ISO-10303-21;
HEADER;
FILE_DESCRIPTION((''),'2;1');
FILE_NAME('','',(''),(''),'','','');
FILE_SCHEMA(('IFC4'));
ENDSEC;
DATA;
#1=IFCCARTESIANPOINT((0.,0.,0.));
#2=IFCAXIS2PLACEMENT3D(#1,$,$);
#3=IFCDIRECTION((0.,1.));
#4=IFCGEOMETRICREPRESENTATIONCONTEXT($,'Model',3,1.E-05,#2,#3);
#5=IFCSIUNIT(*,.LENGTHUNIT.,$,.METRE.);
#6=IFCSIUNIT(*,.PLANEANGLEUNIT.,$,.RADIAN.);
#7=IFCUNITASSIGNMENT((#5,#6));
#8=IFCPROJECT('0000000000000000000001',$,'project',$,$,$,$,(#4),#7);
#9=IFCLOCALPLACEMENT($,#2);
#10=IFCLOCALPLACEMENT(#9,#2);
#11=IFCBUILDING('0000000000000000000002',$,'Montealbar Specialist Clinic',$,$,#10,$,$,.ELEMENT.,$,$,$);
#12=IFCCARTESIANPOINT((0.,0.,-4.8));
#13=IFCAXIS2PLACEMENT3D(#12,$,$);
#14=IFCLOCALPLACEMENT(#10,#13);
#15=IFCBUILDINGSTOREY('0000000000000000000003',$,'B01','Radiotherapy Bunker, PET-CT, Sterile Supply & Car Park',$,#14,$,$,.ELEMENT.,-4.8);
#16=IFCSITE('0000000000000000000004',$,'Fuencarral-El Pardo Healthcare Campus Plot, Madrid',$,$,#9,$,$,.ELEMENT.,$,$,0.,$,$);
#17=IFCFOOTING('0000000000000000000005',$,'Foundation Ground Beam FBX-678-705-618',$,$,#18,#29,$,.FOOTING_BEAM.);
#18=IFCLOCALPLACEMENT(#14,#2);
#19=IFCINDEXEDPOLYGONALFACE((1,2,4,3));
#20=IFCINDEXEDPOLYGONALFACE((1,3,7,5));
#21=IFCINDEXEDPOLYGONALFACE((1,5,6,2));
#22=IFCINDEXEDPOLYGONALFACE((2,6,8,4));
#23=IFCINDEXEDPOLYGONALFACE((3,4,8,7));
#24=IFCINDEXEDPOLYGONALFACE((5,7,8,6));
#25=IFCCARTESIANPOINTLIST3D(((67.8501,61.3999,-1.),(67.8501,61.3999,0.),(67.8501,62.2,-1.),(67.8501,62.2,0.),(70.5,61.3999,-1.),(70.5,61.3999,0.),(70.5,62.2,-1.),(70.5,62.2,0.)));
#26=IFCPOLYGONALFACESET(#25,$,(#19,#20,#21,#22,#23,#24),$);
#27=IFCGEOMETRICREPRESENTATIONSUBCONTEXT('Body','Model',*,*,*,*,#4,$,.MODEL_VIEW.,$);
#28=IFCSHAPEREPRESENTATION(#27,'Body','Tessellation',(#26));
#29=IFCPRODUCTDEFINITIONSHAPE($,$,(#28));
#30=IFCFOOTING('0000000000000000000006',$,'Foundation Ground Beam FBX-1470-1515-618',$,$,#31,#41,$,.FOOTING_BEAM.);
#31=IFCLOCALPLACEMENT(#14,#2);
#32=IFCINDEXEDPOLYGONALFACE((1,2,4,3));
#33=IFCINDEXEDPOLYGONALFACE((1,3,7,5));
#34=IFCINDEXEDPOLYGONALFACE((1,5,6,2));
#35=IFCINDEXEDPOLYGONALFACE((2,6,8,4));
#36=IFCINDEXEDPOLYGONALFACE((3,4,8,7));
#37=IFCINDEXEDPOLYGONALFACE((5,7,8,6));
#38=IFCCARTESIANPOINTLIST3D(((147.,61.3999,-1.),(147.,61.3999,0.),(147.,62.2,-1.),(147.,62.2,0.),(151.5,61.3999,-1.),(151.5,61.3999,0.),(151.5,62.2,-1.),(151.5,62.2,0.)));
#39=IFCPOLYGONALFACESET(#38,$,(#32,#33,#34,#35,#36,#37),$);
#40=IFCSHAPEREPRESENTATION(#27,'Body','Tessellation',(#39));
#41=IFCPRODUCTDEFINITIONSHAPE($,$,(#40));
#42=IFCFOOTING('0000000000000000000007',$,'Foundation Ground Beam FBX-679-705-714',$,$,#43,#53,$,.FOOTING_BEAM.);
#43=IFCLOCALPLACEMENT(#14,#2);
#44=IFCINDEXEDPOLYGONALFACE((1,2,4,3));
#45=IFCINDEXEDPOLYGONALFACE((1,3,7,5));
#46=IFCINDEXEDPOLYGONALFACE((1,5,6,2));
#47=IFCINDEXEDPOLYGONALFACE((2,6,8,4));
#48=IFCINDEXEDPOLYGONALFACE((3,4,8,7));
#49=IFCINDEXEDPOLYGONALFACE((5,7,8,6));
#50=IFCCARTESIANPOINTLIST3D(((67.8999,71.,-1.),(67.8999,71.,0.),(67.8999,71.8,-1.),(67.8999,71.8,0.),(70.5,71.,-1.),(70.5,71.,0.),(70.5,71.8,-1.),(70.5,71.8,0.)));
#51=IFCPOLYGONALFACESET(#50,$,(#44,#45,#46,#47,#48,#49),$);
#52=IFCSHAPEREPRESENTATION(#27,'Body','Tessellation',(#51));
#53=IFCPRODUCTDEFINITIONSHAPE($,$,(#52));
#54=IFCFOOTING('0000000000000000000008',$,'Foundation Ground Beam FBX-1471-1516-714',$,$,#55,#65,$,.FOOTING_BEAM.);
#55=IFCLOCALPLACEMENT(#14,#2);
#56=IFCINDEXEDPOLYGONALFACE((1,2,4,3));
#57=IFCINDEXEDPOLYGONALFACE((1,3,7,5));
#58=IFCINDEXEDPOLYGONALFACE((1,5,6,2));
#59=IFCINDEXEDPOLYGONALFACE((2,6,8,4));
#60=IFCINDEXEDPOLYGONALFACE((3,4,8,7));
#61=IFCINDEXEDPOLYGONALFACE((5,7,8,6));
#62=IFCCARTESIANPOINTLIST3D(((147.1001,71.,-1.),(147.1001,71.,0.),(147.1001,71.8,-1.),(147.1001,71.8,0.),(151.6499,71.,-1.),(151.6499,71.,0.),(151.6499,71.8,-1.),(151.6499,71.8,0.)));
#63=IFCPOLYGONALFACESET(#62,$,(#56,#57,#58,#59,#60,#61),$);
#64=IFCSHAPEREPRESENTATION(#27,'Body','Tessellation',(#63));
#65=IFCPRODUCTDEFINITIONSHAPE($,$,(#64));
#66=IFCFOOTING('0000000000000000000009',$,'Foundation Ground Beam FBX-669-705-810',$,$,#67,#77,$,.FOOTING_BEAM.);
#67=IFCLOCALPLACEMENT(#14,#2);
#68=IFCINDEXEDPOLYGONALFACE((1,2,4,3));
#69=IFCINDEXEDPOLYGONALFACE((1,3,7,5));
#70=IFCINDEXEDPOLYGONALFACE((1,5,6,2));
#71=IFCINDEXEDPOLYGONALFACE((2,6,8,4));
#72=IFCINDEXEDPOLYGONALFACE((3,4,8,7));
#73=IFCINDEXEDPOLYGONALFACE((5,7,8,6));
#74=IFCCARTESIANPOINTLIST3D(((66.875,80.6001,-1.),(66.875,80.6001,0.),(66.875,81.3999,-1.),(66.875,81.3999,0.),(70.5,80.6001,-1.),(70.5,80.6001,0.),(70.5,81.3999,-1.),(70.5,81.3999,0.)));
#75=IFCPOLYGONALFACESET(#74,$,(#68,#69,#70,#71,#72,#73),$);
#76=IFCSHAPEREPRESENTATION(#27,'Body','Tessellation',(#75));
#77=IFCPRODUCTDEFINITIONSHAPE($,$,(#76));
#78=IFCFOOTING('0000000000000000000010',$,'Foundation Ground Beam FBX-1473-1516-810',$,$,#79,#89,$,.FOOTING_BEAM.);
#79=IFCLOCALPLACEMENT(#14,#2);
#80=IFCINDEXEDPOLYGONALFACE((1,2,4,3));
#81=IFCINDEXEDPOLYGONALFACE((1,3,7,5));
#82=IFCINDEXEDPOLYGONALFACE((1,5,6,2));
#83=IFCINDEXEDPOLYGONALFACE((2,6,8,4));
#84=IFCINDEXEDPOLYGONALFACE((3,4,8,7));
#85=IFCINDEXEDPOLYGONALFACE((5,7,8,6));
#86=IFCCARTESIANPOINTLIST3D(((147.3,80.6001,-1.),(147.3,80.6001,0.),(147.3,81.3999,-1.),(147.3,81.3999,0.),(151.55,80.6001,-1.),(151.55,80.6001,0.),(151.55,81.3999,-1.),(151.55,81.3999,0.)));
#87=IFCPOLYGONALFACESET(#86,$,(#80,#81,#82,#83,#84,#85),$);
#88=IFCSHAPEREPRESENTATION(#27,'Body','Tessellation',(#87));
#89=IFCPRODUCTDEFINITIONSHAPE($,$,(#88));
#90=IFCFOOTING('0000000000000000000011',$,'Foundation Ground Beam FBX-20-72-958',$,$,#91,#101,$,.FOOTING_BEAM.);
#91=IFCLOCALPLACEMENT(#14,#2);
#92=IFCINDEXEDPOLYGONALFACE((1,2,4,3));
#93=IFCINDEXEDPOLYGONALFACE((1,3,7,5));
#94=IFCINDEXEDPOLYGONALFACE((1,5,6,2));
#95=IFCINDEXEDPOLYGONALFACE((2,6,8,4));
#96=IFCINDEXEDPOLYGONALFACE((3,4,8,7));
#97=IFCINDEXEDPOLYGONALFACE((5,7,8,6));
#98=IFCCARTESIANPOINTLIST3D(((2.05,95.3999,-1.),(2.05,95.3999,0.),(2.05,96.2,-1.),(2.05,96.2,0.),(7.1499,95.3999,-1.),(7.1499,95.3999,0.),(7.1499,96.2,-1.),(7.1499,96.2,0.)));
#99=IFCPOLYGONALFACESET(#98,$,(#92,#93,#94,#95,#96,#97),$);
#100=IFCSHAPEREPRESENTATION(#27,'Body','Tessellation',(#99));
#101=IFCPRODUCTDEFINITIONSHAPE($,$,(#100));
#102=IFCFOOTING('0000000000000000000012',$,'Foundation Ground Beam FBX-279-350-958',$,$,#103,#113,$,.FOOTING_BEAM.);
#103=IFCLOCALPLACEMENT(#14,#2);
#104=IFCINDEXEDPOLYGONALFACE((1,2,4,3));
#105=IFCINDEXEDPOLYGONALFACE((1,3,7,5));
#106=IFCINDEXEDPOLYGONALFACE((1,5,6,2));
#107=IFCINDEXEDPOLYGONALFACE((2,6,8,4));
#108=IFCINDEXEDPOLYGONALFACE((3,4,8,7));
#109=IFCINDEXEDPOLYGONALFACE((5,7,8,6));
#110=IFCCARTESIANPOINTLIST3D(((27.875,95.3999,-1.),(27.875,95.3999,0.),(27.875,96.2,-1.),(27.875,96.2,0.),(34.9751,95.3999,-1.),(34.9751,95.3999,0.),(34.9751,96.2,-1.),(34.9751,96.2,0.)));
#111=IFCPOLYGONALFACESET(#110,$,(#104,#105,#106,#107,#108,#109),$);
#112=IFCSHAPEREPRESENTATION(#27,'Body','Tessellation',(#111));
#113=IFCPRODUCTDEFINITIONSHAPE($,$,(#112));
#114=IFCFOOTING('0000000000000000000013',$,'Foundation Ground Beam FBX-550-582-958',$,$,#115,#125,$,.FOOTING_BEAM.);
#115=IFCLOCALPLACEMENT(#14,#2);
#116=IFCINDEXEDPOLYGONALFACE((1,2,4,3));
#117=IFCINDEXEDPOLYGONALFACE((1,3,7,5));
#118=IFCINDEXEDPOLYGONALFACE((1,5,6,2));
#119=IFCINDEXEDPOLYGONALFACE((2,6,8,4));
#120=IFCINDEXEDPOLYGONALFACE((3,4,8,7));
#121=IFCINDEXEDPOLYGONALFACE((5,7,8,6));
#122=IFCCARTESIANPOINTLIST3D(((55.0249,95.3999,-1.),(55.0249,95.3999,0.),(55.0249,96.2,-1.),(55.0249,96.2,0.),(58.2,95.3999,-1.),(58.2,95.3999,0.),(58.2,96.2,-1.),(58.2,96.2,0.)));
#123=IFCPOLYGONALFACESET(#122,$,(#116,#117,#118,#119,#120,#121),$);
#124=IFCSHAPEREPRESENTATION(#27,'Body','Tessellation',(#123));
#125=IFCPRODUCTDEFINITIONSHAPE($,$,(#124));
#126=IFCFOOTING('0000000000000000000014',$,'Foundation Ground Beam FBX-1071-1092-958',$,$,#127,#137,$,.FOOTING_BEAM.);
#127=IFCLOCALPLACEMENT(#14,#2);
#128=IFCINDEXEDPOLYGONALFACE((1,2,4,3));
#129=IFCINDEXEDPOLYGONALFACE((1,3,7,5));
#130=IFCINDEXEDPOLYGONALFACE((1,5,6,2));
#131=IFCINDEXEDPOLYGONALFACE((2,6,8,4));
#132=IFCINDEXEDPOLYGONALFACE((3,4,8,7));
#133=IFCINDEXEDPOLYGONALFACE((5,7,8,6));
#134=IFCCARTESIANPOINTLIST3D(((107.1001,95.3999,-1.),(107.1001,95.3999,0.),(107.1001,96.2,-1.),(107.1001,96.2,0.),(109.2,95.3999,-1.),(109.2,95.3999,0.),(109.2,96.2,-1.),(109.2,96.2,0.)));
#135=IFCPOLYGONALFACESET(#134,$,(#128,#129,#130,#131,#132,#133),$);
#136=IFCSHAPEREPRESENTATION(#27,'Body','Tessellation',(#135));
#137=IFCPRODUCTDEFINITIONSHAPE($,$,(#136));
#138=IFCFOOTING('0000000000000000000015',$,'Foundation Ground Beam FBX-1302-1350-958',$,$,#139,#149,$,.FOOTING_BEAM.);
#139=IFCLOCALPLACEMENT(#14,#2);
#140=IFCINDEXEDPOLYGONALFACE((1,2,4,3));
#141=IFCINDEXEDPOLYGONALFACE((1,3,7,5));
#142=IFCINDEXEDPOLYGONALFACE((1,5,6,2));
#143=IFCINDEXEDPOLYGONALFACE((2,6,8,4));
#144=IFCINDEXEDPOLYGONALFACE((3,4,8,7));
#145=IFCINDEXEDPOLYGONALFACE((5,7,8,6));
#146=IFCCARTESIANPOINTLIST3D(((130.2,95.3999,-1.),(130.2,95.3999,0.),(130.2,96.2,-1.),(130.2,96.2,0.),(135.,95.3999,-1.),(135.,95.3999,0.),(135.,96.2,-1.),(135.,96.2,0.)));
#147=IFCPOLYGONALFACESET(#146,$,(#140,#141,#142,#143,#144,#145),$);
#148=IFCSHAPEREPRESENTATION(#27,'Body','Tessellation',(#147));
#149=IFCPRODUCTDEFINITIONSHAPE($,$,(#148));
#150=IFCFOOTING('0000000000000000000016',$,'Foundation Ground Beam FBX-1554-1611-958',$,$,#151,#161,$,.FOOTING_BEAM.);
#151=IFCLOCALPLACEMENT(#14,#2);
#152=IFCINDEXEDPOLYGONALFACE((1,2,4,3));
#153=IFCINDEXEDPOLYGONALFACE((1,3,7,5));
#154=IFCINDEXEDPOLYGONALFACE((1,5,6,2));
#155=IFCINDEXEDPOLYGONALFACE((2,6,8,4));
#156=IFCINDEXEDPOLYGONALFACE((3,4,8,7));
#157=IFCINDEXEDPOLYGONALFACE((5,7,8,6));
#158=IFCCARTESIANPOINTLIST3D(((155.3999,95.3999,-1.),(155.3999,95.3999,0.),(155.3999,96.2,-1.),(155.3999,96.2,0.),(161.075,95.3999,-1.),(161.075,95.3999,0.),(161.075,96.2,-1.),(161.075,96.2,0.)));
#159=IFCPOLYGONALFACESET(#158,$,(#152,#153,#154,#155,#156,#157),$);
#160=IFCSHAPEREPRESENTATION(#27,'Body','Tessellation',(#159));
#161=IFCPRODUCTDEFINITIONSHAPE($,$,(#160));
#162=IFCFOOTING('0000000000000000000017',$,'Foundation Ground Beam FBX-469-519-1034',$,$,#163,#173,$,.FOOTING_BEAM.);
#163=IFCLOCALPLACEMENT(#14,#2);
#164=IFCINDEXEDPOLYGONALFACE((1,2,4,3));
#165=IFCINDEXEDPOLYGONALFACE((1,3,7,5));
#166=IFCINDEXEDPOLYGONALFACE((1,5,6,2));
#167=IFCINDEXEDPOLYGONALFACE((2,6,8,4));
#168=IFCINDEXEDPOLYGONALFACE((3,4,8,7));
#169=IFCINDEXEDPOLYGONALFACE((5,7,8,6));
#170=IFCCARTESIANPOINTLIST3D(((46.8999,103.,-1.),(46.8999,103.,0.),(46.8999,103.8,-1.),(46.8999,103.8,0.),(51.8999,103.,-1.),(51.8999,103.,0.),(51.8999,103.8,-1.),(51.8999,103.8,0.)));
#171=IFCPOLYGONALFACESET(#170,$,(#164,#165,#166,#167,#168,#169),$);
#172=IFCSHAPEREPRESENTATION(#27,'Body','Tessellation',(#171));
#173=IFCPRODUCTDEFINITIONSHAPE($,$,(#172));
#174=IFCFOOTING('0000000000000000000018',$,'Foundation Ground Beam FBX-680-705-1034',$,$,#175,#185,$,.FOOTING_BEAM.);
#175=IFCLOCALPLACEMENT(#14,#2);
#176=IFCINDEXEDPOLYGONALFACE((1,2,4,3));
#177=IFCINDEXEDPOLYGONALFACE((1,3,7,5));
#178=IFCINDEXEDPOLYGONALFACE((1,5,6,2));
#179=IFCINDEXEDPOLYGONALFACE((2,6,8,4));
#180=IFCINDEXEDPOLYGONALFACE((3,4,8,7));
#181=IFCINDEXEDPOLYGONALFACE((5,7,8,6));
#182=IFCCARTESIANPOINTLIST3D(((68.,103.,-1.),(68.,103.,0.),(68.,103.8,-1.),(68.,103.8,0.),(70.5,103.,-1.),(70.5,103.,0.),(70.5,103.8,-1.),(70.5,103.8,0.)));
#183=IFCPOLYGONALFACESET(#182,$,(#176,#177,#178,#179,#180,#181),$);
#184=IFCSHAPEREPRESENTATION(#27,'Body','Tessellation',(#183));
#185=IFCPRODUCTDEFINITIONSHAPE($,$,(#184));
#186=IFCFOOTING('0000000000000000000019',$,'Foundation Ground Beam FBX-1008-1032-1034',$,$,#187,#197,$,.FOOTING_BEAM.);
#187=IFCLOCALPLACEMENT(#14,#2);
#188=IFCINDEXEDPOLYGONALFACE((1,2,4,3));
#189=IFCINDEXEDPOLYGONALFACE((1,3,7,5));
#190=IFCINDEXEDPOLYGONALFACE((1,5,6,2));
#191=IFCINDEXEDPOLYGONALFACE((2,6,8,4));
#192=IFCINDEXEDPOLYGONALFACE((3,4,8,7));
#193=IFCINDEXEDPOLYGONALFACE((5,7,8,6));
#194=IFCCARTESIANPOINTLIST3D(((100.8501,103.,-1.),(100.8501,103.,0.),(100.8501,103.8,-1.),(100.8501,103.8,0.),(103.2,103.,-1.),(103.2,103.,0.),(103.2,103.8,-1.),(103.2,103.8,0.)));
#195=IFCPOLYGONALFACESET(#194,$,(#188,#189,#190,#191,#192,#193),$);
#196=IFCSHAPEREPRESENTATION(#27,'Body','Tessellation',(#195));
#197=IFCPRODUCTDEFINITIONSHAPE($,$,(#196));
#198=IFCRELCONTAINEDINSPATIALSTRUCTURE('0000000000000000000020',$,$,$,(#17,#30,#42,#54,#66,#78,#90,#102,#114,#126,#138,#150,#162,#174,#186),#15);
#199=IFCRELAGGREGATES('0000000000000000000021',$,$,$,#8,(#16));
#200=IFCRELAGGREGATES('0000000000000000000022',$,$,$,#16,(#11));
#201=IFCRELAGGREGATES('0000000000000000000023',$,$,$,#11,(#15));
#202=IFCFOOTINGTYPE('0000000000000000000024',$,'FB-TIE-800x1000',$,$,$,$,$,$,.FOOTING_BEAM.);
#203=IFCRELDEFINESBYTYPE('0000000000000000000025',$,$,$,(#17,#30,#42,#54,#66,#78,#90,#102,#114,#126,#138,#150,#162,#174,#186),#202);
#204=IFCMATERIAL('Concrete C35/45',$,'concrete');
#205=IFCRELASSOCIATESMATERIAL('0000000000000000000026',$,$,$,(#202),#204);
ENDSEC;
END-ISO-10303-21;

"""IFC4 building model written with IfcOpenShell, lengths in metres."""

from ifc_helpers import new_model, si_unit, direction, frame, origin, place, context, subcontext, project, spatial, polyline, outline, extrude, material, type_object, element, save


model = new_model("IFC4")

# Units and contexts
model_context = context("Model", 3, precision=1e-05, world=origin(), true_north=direction((0.0, 1.0)))
body_context = subcontext(model_context, "Body", "Model", "MODEL_VIEW")
ifc_project = project(units=[si_unit("LENGTHUNIT", "METRE"), si_unit("PLANEANGLEUNIT", "RADIAN")], contexts=[model_context])

# Site, building, storey
site_placement = place(None, origin())
site = spatial("IfcSite", under=ifc_project, at=site_placement, Name="Fuencarral-El Pardo Healthcare Campus Plot, Madrid", CompositionType="ELEMENT", RefElevation=0.0)
building_placement = place(site_placement, origin())
building = spatial("IfcBuilding", under=site, at=building_placement, Name="Montealbar Specialist Clinic", CompositionType="ELEMENT")
storey_placement = place(building_placement, frame((0.0, 0.0, -4.8)))
storey = spatial("IfcBuildingStorey", under=building, at=storey_placement, Name="B01", Description="Radiotherapy Bunker, PET-CT, Sterile Supply & Car Park", CompositionType="ELEMENT", Elevation=-4.8)

# Footings
ifc_material = material(Name="Concrete C35/45", Category="concrete")
footing_type_1 = type_object("IfcFootingType", Name="FB-TIE-800x1000", PredefinedType="FOOTING_BEAM", material=ifc_material)
footing_1_placement = place(storey_placement, frame((0.0, 0.0, -1.0)))
element("IfcFooting", 1, at=footing_1_placement, inside=storey, type_object=footing_type_1, Name="Foundation Ground Beam FBX-678-705-618", PredefinedType="FOOTING_BEAM", context=body_context, shape_type="SweptSolid", body=[
    extrude(outline(polyline([(67.8501, 61.3999), (70.5, 61.3999), (70.5, 62.2), (67.8501, 62.2), (67.8501, 61.3999)])), origin(), (0.0, 0.0, 1.0), 1.0),
])
footing_2_placement = place(storey_placement, frame((0.0, 0.0, -1.0)))
element("IfcFooting", 2, at=footing_2_placement, inside=storey, type_object=footing_type_1, Name="Foundation Ground Beam FBX-1470-1515-618", PredefinedType="FOOTING_BEAM", context=body_context, shape_type="SweptSolid", body=[
    extrude(outline(polyline([(147.0, 61.3999), (151.5, 61.3999), (151.5, 62.2), (147.0, 62.2), (147.0, 61.3999)])), origin(), (0.0, 0.0, 1.0), 1.0),
])
footing_3_placement = place(storey_placement, frame((0.0, 0.0, -1.0)))
element("IfcFooting", 3, at=footing_3_placement, inside=storey, type_object=footing_type_1, Name="Foundation Ground Beam FBX-679-705-714", PredefinedType="FOOTING_BEAM", context=body_context, shape_type="SweptSolid", body=[
    extrude(outline(polyline([(67.8999, 71.0), (70.5, 71.0), (70.5, 71.8), (67.8999, 71.8), (67.8999, 71.0)])), origin(), (0.0, 0.0, 1.0), 1.0),
])
footing_4_placement = place(storey_placement, frame((0.0, 0.0, -1.0)))
element("IfcFooting", 4, at=footing_4_placement, inside=storey, type_object=footing_type_1, Name="Foundation Ground Beam FBX-1471-1516-714", PredefinedType="FOOTING_BEAM", context=body_context, shape_type="SweptSolid", body=[
    extrude(outline(polyline([(147.1001, 71.0), (151.6499, 71.0), (151.6499, 71.8), (147.1001, 71.8), (147.1001, 71.0)])), origin(), (0.0, 0.0, 1.0), 1.0),
])
footing_5_placement = place(storey_placement, frame((0.0, 0.0, -1.0)))
element("IfcFooting", 5, at=footing_5_placement, inside=storey, type_object=footing_type_1, Name="Foundation Ground Beam FBX-669-705-810", PredefinedType="FOOTING_BEAM", context=body_context, shape_type="SweptSolid", body=[
    extrude(outline(polyline([(66.875, 80.6001), (70.5, 80.6001), (70.5, 81.3999), (66.875, 81.3999), (66.875, 80.6001)])), origin(), (0.0, 0.0, 1.0), 1.0),
])
footing_6_placement = place(storey_placement, frame((0.0, 0.0, -1.0)))
element("IfcFooting", 6, at=footing_6_placement, inside=storey, type_object=footing_type_1, Name="Foundation Ground Beam FBX-1473-1516-810", PredefinedType="FOOTING_BEAM", context=body_context, shape_type="SweptSolid", body=[
    extrude(outline(polyline([(147.3, 80.6001), (151.55, 80.6001), (151.55, 81.3999), (147.3, 81.3999), (147.3, 80.6001)])), origin(), (0.0, 0.0, 1.0), 1.0),
])
footing_7_placement = place(storey_placement, frame((0.0, 0.0, -1.0)))
element("IfcFooting", 7, at=footing_7_placement, inside=storey, type_object=footing_type_1, Name="Foundation Ground Beam FBX-20-72-958", PredefinedType="FOOTING_BEAM", context=body_context, shape_type="SweptSolid", body=[
    extrude(outline(polyline([(2.05, 95.3999), (7.1499, 95.3999), (7.1499, 96.2), (2.05, 96.2), (2.05, 95.3999)])), origin(), (0.0, 0.0, 1.0), 1.0),
])
footing_8_placement = place(storey_placement, frame((0.0, 0.0, -1.0)))
element("IfcFooting", 8, at=footing_8_placement, inside=storey, type_object=footing_type_1, Name="Foundation Ground Beam FBX-279-350-958", PredefinedType="FOOTING_BEAM", context=body_context, shape_type="SweptSolid", body=[
    extrude(outline(polyline([(27.875, 95.3999), (34.9751, 95.3999), (34.9751, 96.2), (27.875, 96.2), (27.875, 95.3999)])), origin(), (0.0, 0.0, 1.0), 1.0),
])
footing_9_placement = place(storey_placement, frame((0.0, 0.0, -1.0)))
element("IfcFooting", 9, at=footing_9_placement, inside=storey, type_object=footing_type_1, Name="Foundation Ground Beam FBX-550-582-958", PredefinedType="FOOTING_BEAM", context=body_context, shape_type="SweptSolid", body=[
    extrude(outline(polyline([(55.0249, 95.3999), (58.2, 95.3999), (58.2, 96.2), (55.0249, 96.2), (55.0249, 95.3999)])), origin(), (0.0, 0.0, 1.0), 1.0),
])
footing_10_placement = place(storey_placement, frame((0.0, 0.0, -1.0)))
element("IfcFooting", 10, at=footing_10_placement, inside=storey, type_object=footing_type_1, Name="Foundation Ground Beam FBX-1071-1092-958", PredefinedType="FOOTING_BEAM", context=body_context, shape_type="SweptSolid", body=[
    extrude(outline(polyline([(107.1001, 95.3999), (109.2, 95.3999), (109.2, 96.2), (107.1001, 96.2), (107.1001, 95.3999)])), origin(), (0.0, 0.0, 1.0), 1.0),
])
footing_11_placement = place(storey_placement, frame((0.0, 0.0, -1.0)))
element("IfcFooting", 11, at=footing_11_placement, inside=storey, type_object=footing_type_1, Name="Foundation Ground Beam FBX-1302-1350-958", PredefinedType="FOOTING_BEAM", context=body_context, shape_type="SweptSolid", body=[
    extrude(outline(polyline([(130.2, 95.3999), (135.0, 95.3999), (135.0, 96.2), (130.2, 96.2), (130.2, 95.3999)])), origin(), (0.0, 0.0, 1.0), 1.0),
])
footing_12_placement = place(storey_placement, frame((0.0, 0.0, -1.0)))
element("IfcFooting", 12, at=footing_12_placement, inside=storey, type_object=footing_type_1, Name="Foundation Ground Beam FBX-1554-1611-958", PredefinedType="FOOTING_BEAM", context=body_context, shape_type="SweptSolid", body=[
    extrude(outline(polyline([(155.3999, 95.3999), (161.075, 95.3999), (161.075, 96.2), (155.3999, 96.2), (155.3999, 95.3999)])), origin(), (0.0, 0.0, 1.0), 1.0),
])
footing_13_placement = place(storey_placement, frame((0.0, 0.0, -1.0)))
element("IfcFooting", 13, at=footing_13_placement, inside=storey, type_object=footing_type_1, Name="Foundation Ground Beam FBX-469-519-1034", PredefinedType="FOOTING_BEAM", context=body_context, shape_type="SweptSolid", body=[
    extrude(outline(polyline([(46.8999, 103.0), (51.8999, 103.0), (51.8999, 103.8), (46.8999, 103.8), (46.8999, 103.0)])), origin(), (0.0, 0.0, 1.0), 1.0),
])
footing_14_placement = place(storey_placement, frame((0.0, 0.0, -1.0)))
element("IfcFooting", 14, at=footing_14_placement, inside=storey, type_object=footing_type_1, Name="Foundation Ground Beam FBX-680-705-1034", PredefinedType="FOOTING_BEAM", context=body_context, shape_type="SweptSolid", body=[
    extrude(outline(polyline([(68.0, 103.0), (70.5, 103.0), (70.5, 103.8), (68.0, 103.8), (68.0, 103.0)])), origin(), (0.0, 0.0, 1.0), 1.0),
])
footing_15_placement = place(storey_placement, frame((0.0, 0.0, -1.0)))
element("IfcFooting", 15, at=footing_15_placement, inside=storey, type_object=footing_type_1, Name="Foundation Ground Beam FBX-1008-1032-1034", PredefinedType="FOOTING_BEAM", context=body_context, shape_type="SweptSolid", body=[
    extrude(outline(polyline([(100.8501, 103.0), (103.2, 103.0), (103.2, 103.8), (100.8501, 103.8), (100.8501, 103.0)])), origin(), (0.0, 0.0, 1.0), 1.0),
])

save(model, "model.ifc")
